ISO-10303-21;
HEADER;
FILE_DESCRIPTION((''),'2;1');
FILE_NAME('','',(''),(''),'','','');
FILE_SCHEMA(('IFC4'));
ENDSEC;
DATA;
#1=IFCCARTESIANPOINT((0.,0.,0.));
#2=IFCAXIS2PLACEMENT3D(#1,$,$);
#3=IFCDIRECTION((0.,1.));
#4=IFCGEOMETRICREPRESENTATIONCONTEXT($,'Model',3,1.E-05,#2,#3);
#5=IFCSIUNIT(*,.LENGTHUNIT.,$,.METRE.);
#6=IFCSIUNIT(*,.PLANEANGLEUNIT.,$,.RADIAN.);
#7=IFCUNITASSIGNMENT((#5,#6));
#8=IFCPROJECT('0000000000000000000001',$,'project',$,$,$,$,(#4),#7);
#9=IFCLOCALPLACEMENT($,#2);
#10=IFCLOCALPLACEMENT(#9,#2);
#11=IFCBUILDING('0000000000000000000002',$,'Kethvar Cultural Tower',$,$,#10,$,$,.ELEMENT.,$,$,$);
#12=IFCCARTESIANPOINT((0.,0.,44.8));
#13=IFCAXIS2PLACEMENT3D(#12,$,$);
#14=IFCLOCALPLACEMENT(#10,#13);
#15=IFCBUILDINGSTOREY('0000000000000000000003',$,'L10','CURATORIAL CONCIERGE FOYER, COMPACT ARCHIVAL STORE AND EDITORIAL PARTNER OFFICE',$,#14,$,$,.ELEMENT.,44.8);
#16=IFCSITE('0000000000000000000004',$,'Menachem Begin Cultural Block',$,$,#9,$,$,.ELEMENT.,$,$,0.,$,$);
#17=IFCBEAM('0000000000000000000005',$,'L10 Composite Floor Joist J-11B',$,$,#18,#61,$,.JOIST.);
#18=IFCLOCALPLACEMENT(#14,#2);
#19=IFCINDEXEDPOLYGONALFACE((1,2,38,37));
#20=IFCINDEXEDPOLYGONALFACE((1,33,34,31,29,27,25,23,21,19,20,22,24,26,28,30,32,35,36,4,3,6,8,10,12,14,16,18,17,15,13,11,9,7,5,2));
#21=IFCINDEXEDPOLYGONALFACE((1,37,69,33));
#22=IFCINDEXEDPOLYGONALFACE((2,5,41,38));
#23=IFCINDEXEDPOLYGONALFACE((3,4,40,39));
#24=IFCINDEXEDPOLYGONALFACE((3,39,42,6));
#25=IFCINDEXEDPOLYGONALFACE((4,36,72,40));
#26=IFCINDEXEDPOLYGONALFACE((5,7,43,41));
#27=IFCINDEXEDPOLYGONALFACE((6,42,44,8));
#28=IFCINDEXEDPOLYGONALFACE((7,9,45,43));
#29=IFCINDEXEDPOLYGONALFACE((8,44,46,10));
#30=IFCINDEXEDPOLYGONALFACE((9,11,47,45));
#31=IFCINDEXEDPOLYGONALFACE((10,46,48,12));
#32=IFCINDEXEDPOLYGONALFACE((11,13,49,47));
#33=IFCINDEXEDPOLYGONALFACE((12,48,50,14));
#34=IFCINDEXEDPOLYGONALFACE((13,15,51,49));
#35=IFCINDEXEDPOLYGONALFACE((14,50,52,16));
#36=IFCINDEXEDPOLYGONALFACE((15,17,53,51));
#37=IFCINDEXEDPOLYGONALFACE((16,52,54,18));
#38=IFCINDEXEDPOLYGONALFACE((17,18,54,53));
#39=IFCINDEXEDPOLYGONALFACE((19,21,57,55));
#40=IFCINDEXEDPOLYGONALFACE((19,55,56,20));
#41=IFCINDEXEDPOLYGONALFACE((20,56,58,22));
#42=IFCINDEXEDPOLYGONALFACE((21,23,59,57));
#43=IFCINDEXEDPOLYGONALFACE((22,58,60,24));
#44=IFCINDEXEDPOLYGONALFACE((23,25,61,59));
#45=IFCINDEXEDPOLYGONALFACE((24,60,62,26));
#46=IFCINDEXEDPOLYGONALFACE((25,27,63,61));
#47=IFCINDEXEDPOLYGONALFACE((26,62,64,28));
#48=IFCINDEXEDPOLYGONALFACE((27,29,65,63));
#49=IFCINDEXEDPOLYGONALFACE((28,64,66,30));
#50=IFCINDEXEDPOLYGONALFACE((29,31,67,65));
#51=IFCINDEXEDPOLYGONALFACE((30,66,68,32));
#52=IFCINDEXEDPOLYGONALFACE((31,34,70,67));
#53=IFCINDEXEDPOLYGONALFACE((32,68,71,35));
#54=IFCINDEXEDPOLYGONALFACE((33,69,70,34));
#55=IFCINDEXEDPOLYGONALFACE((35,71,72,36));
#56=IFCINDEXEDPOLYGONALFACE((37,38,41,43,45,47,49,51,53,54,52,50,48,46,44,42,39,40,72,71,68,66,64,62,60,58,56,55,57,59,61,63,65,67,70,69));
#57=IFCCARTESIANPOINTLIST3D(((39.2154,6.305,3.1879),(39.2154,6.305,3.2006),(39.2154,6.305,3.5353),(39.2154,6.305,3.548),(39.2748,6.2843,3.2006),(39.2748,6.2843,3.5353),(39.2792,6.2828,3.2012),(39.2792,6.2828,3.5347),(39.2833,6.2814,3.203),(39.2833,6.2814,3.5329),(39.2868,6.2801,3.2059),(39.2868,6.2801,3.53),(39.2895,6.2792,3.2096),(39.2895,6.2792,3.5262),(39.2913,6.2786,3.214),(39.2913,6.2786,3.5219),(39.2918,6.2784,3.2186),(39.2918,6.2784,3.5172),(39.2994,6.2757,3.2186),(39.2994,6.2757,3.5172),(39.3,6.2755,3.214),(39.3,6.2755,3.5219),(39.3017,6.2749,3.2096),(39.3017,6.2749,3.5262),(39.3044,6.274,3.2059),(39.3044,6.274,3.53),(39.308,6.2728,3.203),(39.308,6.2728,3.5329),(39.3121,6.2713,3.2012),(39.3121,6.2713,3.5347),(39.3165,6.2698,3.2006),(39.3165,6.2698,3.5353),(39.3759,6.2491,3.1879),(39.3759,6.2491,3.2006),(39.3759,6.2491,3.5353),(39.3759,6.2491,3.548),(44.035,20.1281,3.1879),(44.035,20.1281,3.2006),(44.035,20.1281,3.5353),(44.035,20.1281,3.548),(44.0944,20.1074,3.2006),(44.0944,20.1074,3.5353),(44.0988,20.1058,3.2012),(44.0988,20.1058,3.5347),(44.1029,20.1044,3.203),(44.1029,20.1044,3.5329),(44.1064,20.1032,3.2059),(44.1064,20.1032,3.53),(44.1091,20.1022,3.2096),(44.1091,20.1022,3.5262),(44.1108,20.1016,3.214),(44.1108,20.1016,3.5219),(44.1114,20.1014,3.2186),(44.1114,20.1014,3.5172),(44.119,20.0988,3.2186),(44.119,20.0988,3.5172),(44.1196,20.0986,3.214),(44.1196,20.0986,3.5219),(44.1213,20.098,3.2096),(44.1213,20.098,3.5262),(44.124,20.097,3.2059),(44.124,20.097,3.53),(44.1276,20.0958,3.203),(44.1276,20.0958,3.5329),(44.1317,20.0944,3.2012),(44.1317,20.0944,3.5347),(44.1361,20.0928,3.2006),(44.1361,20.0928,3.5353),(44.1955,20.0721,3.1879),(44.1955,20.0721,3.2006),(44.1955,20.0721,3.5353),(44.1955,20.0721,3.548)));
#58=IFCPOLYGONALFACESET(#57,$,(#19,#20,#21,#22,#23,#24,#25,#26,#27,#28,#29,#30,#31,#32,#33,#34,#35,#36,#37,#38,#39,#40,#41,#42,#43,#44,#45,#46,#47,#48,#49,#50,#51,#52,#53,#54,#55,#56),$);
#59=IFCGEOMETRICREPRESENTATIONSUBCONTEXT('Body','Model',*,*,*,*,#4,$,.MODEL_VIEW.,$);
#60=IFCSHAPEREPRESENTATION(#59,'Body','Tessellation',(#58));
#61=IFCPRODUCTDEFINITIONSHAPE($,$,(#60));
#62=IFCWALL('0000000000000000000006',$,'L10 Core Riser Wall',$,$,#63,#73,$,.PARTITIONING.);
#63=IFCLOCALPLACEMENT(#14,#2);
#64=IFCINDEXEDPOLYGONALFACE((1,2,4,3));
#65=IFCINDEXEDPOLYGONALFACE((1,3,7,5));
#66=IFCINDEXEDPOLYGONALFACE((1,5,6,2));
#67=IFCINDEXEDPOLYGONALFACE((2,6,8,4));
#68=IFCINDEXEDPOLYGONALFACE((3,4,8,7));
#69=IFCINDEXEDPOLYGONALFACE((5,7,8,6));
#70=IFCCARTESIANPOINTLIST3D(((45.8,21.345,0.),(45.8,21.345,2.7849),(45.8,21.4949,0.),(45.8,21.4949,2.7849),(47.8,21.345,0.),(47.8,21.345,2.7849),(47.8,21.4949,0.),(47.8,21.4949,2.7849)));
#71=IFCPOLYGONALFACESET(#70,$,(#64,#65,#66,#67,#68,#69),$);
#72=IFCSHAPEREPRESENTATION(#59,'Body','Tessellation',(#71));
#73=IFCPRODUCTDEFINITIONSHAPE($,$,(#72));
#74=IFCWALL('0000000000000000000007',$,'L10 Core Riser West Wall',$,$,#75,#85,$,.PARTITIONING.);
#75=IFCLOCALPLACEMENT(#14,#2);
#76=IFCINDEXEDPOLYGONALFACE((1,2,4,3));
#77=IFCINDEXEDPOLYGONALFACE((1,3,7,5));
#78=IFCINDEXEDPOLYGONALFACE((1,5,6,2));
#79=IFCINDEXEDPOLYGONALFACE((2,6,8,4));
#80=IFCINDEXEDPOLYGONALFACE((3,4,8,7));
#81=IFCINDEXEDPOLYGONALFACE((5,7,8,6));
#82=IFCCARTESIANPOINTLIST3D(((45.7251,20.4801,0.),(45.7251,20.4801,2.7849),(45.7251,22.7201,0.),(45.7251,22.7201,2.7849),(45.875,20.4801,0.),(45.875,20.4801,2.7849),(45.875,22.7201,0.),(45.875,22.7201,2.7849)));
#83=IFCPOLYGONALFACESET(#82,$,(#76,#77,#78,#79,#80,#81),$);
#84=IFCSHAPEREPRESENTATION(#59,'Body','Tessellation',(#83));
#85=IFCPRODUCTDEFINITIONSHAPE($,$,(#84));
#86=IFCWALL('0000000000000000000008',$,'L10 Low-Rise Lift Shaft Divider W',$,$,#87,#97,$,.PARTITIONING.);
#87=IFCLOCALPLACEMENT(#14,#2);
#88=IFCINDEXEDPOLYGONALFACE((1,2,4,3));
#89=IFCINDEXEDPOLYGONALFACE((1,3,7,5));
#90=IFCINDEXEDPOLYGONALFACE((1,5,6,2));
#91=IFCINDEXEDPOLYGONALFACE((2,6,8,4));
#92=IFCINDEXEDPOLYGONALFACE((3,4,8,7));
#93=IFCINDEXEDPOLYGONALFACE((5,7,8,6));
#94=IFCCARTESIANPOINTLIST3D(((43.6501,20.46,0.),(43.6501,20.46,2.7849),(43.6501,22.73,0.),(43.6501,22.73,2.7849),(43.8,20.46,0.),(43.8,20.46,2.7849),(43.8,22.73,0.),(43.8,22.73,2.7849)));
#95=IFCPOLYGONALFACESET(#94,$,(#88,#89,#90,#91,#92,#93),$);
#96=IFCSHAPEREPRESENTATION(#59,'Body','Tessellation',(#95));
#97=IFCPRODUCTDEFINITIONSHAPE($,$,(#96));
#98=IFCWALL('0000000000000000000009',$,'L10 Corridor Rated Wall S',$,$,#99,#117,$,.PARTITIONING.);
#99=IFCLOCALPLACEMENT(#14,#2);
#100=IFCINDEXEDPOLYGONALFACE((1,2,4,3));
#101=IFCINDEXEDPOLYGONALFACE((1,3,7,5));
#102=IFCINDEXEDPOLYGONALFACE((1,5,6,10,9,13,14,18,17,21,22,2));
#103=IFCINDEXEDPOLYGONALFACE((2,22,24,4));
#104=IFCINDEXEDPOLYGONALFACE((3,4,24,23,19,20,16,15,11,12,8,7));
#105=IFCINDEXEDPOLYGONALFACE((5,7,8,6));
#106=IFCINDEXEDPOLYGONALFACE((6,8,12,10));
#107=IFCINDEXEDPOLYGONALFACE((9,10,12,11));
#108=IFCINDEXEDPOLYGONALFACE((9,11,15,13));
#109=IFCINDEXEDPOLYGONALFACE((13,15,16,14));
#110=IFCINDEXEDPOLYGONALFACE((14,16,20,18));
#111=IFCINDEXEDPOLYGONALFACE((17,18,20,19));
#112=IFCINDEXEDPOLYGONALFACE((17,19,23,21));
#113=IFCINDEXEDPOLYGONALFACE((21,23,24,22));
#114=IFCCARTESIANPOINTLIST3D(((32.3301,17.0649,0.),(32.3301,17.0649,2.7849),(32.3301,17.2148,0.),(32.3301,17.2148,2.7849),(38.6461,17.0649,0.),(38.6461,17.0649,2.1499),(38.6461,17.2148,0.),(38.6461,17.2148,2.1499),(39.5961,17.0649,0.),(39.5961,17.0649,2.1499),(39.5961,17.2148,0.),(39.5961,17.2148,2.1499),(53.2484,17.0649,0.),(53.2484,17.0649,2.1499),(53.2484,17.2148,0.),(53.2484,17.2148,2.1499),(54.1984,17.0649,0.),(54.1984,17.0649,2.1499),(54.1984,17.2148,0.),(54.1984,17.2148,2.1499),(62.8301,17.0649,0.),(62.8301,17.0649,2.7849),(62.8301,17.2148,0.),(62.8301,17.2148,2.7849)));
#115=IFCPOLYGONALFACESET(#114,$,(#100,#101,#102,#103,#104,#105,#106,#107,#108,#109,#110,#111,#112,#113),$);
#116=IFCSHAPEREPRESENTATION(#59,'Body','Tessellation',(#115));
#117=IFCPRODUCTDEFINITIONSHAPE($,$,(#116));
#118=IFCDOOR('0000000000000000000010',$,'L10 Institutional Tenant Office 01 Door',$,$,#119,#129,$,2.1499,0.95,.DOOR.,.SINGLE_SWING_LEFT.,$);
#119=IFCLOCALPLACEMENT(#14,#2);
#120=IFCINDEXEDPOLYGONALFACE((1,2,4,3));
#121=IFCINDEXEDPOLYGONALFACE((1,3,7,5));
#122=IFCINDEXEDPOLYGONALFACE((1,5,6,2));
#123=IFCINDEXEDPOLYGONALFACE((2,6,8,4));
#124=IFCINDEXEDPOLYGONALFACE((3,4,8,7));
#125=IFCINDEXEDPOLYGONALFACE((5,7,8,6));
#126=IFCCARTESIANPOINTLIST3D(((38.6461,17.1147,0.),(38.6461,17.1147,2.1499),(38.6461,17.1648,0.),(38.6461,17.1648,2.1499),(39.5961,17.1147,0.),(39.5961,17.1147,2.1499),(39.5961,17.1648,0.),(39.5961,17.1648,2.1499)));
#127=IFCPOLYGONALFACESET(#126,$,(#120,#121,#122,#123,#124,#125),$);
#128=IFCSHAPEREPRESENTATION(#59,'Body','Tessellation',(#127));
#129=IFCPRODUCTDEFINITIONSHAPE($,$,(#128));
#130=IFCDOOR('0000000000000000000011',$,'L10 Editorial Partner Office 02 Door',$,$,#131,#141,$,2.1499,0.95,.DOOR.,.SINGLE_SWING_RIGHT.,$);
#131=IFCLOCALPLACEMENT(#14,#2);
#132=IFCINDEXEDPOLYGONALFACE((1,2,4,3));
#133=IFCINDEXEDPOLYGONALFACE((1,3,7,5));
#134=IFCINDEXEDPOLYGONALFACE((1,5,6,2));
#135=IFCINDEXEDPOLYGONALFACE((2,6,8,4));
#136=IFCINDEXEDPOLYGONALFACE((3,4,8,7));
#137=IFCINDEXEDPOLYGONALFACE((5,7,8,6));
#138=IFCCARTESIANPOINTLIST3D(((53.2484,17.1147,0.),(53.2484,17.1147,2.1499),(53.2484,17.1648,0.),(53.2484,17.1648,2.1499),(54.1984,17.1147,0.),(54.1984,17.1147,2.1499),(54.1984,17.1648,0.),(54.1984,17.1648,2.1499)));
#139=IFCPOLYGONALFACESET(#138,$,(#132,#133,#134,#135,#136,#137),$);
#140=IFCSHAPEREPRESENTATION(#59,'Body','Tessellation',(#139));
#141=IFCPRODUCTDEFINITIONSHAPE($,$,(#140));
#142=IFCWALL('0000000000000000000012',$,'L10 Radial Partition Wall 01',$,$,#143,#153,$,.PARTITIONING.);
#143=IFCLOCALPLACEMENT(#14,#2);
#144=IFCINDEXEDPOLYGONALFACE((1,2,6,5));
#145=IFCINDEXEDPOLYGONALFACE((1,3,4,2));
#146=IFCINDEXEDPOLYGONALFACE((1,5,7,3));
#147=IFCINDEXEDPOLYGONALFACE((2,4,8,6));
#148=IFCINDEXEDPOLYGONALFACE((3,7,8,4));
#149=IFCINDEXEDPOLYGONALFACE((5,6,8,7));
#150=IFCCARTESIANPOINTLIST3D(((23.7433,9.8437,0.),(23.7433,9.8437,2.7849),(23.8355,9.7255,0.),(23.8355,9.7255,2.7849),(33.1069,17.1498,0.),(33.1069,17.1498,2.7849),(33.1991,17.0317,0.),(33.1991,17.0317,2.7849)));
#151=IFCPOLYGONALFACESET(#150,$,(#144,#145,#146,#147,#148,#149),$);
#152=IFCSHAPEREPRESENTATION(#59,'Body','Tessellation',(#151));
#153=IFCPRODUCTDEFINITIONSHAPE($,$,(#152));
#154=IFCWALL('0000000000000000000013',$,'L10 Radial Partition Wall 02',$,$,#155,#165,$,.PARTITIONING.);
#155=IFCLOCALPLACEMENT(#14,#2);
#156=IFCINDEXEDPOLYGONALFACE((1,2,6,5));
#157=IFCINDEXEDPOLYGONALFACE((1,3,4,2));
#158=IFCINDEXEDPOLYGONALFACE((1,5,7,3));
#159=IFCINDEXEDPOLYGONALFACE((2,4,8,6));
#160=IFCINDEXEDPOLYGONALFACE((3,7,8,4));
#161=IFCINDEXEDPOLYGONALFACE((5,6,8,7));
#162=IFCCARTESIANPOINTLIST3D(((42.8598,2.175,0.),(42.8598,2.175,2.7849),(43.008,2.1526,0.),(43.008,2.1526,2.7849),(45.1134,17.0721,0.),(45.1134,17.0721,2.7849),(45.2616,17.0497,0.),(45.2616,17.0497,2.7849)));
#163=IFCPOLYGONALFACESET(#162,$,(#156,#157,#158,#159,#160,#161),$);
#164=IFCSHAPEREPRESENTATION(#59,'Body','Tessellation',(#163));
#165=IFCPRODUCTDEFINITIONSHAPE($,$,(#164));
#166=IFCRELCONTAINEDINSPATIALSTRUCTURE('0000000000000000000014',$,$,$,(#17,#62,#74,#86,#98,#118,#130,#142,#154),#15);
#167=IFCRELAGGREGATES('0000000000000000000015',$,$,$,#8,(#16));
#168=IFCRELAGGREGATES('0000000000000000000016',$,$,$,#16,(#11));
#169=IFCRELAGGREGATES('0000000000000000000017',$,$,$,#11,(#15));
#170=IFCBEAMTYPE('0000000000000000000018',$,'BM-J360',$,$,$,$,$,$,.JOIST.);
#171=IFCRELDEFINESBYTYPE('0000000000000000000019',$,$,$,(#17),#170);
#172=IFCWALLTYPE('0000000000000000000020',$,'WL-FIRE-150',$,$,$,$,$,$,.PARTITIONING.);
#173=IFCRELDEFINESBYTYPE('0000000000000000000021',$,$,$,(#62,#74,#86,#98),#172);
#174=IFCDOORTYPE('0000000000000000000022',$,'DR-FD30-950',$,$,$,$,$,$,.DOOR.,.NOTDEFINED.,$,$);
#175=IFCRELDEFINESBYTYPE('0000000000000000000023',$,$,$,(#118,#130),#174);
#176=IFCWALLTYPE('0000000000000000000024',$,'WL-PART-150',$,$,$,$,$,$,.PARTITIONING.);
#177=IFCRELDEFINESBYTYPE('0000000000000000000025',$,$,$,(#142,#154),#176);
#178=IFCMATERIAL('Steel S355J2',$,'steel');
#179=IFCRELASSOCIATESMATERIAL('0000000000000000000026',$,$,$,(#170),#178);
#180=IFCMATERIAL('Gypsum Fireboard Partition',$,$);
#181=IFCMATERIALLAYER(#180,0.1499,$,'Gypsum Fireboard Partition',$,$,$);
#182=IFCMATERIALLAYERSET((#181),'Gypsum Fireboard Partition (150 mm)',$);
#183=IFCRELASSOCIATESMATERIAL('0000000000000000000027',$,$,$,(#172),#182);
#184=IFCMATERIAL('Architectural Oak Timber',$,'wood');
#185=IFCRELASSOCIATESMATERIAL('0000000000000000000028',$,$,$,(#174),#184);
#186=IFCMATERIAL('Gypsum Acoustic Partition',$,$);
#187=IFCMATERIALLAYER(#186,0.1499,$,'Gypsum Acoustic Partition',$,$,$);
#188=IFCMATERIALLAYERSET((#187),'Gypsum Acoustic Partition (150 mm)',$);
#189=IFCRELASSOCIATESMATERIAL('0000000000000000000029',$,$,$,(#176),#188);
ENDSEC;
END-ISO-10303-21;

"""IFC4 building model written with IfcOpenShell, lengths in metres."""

from ifc_helpers import new_model, si_unit, direction, frame, frame_2d, origin, origin_2d, place, context, subcontext, project, spatial, rectangle, i_section, extrude, source, transform, mapped, material, layer, layer_set, material_profile, profile_set, type_object, element, fill, save


model = new_model("IFC4")

# Units and contexts
model_context = context("Model", 3, precision=1e-05, world=origin(), true_north=direction((0.0, 1.0)))
body_context = subcontext(model_context, "Body", "Model", "MODEL_VIEW")
ifc_project = project(units=[si_unit("LENGTHUNIT", "METRE"), si_unit("PLANEANGLEUNIT", "RADIAN")], contexts=[model_context])

# Site, building, storey
site_placement = place(None, origin())
site = spatial("IfcSite", under=ifc_project, at=site_placement, Name="Menachem Begin Cultural Block", CompositionType="ELEMENT", RefElevation=0.0)
building_placement = place(site_placement, origin())
building = spatial("IfcBuilding", under=site, at=building_placement, Name="Kethvar Cultural Tower", CompositionType="ELEMENT")
storey_placement = place(building_placement, frame((0.0, 0.0, 44.8)))
storey = spatial("IfcBuildingStorey", under=building, at=storey_placement, Name="L10", Description="CURATORIAL CONCIERGE FOYER, COMPACT ARCHIVAL STORE AND EDITORIAL PARTNER OFFICE", CompositionType="ELEMENT", Elevation=44.8)

# Beam
ifc_material_1 = material(Name="Steel S355J2", Category="steel")
ifc_material_profile_1 = material_profile(ifc_material_1, i_section(OverallWidth=0.1699, OverallDepth=0.3601, WebThickness=0.0081, FlangeThickness=0.0127, FilletRadius=0.0181, at=origin_2d()), Name="Steel S355J2 — IPE360")
ifc_profile_set_1 = profile_set([ifc_material_profile_1], Name="Steel S355J2 — IPE360")
beam_type_1 = type_object("IfcBeamType", Name="BM-J360", PredefinedType="JOIST", material=ifc_profile_set_1)
shared_shape_1 = source(origin(), body_context, "Body", "SweptSolid", [
    extrude(i_section(OverallWidth=0.1699, OverallDepth=0.3601, WebThickness=0.0081, FlangeThickness=0.0127, FilletRadius=0.0181, at=origin_2d()), origin(), (0.0, 0.0, 1.0), 14.6392),
])
beam_1_placement = place(storey_placement, frame((44.1152, 20.1001, 3.3679), z_axis=(-0.329226, -0.944251, 0.0), x_axis=(0.944251, -0.329226, 0.0)))
element("IfcBeam", 1, at=beam_1_placement, inside=storey, type_object=beam_type_1, Name="L10 Composite Floor Joist J-11B", PredefinedType="JOIST", context=body_context, shape_type="MappedRepresentation", body=[
    mapped(shared_shape_1, transform((0.0, 0.0, 0.0), scale=1.0)),
])

# Walls
ifc_material_2 = material(Name="Gypsum Fireboard Partition")
ifc_layer_1 = layer(ifc_material_2, 0.1499, Name="Gypsum Fireboard Partition")
ifc_layer_set_1 = layer_set([ifc_layer_1], Name="Gypsum Fireboard Partition (150 mm)")
wall_type_1 = type_object("IfcWallType", Name="WL-FIRE-150", PredefinedType="PARTITIONING", material=ifc_layer_set_1)
wall_1_placement = place(storey_placement, frame((45.8, 21.4199, 0.0), z_axis=(0.0, 0.0, 1.0), x_axis=(1.0, 0.0, 0.0)))
element("IfcWall", 2, at=wall_1_placement, inside=storey, type_object=wall_type_1, Name="L10 Core Riser Wall", PredefinedType="PARTITIONING", context=body_context, shape_type="SweptSolid", body=[
    extrude(rectangle(XDim=2.0, YDim=0.1499, at=frame_2d((1.0, 0.0))), origin(), (0.0, 0.0, 1.0), 2.7849),
])
wall_2_placement = place(storey_placement, frame((45.8, 20.48, 0.0), z_axis=(0.0, 0.0, 1.0), x_axis=(0.0, 1.0, 0.0)))
element("IfcWall", 3, at=wall_2_placement, inside=storey, type_object=wall_type_1, Name="L10 Core Riser West Wall", PredefinedType="PARTITIONING", context=body_context, shape_type="SweptSolid", body=[
    extrude(rectangle(XDim=2.24, YDim=0.1499, at=frame_2d((1.1201, 0.0))), origin(), (0.0, 0.0, 1.0), 2.7849),
])
wall_3_placement = place(storey_placement, frame((43.7251, 20.46, 0.0), z_axis=(0.0, 0.0, 1.0), x_axis=(0.0, 1.0, 0.0)))
element("IfcWall", 4, at=wall_3_placement, inside=storey, type_object=wall_type_1, Name="L10 Low-Rise Lift Shaft Divider W", PredefinedType="PARTITIONING", context=body_context, shape_type="SweptSolid", body=[
    extrude(rectangle(XDim=2.27, YDim=0.1499, at=frame_2d((1.135, 0.0))), origin(), (0.0, 0.0, 1.0), 2.7849),
])

# Wall, openings, doors
wall_4_placement = place(storey_placement, frame((32.3301, 17.1399, 0.0), z_axis=(0.0, 0.0, 1.0), x_axis=(1.0, 0.0, 0.0)))
wall_4 = element("IfcWall", 5, at=wall_4_placement, inside=storey, type_object=wall_type_1, Name="L10 Corridor Rated Wall S", PredefinedType="PARTITIONING", context=body_context, shape_type="SweptSolid", body=[
    extrude(rectangle(XDim=30.5, YDim=0.1499, at=frame_2d((15.25, 0.0))), origin(), (0.0, 0.0, 1.0), 2.7849),
])
opening_1_placement = place(wall_4_placement, frame((6.3159, 0.0, 0.0)))
opening_1 = element("IfcOpeningElement", 6, at=opening_1_placement, cuts=wall_4, PredefinedType="OPENING", context=body_context, shape_type="SweptSolid", body=[
    extrude(rectangle(XDim=0.95, YDim=2.1499, at=frame_2d((0.4751, 1.075))), frame((0.0, 0.085, 0.0), z_axis=(0.0, -1.0, 0.0), x_axis=(1.0, 0.0, 0.0)), (0.0, 0.0, 1.0), 0.1699),
])
opening_2_placement = place(wall_4_placement, frame((20.9182, 0.0, 0.0)))
opening_2 = element("IfcOpeningElement", 7, at=opening_2_placement, cuts=wall_4, PredefinedType="OPENING", context=body_context, shape_type="SweptSolid", body=[
    extrude(rectangle(XDim=0.95, YDim=2.1499, at=frame_2d((0.4751, 1.075))), frame((0.0, 0.085, 0.0), z_axis=(0.0, -1.0, 0.0), x_axis=(1.0, 0.0, 0.0)), (0.0, 0.0, 1.0), 0.1699),
])
ifc_material_3 = material(Name="Architectural Oak Timber", Category="wood")
door_type_1 = type_object("IfcDoorType", Name="DR-FD30-950", OperationType="NOTDEFINED", PredefinedType="DOOR", material=ifc_material_3)
shared_shape_2 = source(origin(), body_context, "Body", "SweptSolid", [
    extrude(rectangle(XDim=0.95, YDim=2.1499, at=frame_2d((0.4751, 1.075))), frame((0.0, 0.0249, 0.0), z_axis=(0.0, -1.0, 0.0), x_axis=(1.0, 0.0, 0.0)), (0.0, 0.0, 1.0), 0.05),
])
door_1_placement = place(opening_1_placement, origin())
door_1 = element("IfcDoor", 8, at=door_1_placement, inside=storey, type_object=door_type_1, Name="L10 Institutional Tenant Office 01 Door", OperationType="SINGLE_SWING_LEFT", OverallHeight=2.1499, OverallWidth=0.95, PredefinedType="DOOR", context=body_context, shape_type="MappedRepresentation", body=[
    mapped(shared_shape_2, transform((0.0, 0.0, 0.0), scale=1.0)),
])
fill(opening_1, door_1)
door_2_placement = place(opening_2_placement, origin())
door_2 = element("IfcDoor", 9, at=door_2_placement, inside=storey, type_object=door_type_1, Name="L10 Editorial Partner Office 02 Door", OperationType="SINGLE_SWING_RIGHT", OverallHeight=2.1499, OverallWidth=0.95, PredefinedType="DOOR", context=body_context, shape_type="MappedRepresentation", body=[
    mapped(shared_shape_2, transform((0.0, 0.0, 0.0), scale=1.0)),
])
fill(opening_2, door_2)

# Walls
ifc_material_4 = material(Name="Gypsum Acoustic Partition")
ifc_layer_2 = layer(ifc_material_4, 0.1499, Name="Gypsum Acoustic Partition")
ifc_layer_set_2 = layer_set([ifc_layer_2], Name="Gypsum Acoustic Partition (150 mm)")
wall_type_2 = type_object("IfcWallType", Name="WL-PART-150", PredefinedType="PARTITIONING", material=ifc_layer_set_2)
wall_5_placement = place(storey_placement, frame((33.1531, 17.0908, 0.0), z_axis=(0.0, 0.0, 1.0), x_axis=(-0.788396, -0.615168, 0.0)))
element("IfcWall", 10, at=wall_5_placement, inside=storey, type_object=wall_type_2, Name="L10 Radial Partition Wall 01", PredefinedType="PARTITIONING", context=body_context, shape_type="SweptSolid", body=[
    extrude(rectangle(XDim=11.8767, YDim=0.1499, at=frame_2d((5.9385, 0.0))), origin(), (0.0, 0.0, 1.0), 2.7849),
])
wall_6_placement = place(storey_placement, frame((45.1875, 17.0608, 0.0), z_axis=(0.0, 0.0, 1.0), x_axis=(-0.149579, -0.98875, 0.0)))
element("IfcWall", 11, at=wall_6_placement, inside=storey, type_object=wall_type_2, Name="L10 Radial Partition Wall 02", PredefinedType="PARTITIONING", context=body_context, shape_type="SweptSolid", body=[
    extrude(rectangle(XDim=15.0667, YDim=0.1499, at=frame_2d((7.5332, 0.0))), origin(), (0.0, 0.0, 1.0), 2.7849),
])

save(model, "model.ifc")
